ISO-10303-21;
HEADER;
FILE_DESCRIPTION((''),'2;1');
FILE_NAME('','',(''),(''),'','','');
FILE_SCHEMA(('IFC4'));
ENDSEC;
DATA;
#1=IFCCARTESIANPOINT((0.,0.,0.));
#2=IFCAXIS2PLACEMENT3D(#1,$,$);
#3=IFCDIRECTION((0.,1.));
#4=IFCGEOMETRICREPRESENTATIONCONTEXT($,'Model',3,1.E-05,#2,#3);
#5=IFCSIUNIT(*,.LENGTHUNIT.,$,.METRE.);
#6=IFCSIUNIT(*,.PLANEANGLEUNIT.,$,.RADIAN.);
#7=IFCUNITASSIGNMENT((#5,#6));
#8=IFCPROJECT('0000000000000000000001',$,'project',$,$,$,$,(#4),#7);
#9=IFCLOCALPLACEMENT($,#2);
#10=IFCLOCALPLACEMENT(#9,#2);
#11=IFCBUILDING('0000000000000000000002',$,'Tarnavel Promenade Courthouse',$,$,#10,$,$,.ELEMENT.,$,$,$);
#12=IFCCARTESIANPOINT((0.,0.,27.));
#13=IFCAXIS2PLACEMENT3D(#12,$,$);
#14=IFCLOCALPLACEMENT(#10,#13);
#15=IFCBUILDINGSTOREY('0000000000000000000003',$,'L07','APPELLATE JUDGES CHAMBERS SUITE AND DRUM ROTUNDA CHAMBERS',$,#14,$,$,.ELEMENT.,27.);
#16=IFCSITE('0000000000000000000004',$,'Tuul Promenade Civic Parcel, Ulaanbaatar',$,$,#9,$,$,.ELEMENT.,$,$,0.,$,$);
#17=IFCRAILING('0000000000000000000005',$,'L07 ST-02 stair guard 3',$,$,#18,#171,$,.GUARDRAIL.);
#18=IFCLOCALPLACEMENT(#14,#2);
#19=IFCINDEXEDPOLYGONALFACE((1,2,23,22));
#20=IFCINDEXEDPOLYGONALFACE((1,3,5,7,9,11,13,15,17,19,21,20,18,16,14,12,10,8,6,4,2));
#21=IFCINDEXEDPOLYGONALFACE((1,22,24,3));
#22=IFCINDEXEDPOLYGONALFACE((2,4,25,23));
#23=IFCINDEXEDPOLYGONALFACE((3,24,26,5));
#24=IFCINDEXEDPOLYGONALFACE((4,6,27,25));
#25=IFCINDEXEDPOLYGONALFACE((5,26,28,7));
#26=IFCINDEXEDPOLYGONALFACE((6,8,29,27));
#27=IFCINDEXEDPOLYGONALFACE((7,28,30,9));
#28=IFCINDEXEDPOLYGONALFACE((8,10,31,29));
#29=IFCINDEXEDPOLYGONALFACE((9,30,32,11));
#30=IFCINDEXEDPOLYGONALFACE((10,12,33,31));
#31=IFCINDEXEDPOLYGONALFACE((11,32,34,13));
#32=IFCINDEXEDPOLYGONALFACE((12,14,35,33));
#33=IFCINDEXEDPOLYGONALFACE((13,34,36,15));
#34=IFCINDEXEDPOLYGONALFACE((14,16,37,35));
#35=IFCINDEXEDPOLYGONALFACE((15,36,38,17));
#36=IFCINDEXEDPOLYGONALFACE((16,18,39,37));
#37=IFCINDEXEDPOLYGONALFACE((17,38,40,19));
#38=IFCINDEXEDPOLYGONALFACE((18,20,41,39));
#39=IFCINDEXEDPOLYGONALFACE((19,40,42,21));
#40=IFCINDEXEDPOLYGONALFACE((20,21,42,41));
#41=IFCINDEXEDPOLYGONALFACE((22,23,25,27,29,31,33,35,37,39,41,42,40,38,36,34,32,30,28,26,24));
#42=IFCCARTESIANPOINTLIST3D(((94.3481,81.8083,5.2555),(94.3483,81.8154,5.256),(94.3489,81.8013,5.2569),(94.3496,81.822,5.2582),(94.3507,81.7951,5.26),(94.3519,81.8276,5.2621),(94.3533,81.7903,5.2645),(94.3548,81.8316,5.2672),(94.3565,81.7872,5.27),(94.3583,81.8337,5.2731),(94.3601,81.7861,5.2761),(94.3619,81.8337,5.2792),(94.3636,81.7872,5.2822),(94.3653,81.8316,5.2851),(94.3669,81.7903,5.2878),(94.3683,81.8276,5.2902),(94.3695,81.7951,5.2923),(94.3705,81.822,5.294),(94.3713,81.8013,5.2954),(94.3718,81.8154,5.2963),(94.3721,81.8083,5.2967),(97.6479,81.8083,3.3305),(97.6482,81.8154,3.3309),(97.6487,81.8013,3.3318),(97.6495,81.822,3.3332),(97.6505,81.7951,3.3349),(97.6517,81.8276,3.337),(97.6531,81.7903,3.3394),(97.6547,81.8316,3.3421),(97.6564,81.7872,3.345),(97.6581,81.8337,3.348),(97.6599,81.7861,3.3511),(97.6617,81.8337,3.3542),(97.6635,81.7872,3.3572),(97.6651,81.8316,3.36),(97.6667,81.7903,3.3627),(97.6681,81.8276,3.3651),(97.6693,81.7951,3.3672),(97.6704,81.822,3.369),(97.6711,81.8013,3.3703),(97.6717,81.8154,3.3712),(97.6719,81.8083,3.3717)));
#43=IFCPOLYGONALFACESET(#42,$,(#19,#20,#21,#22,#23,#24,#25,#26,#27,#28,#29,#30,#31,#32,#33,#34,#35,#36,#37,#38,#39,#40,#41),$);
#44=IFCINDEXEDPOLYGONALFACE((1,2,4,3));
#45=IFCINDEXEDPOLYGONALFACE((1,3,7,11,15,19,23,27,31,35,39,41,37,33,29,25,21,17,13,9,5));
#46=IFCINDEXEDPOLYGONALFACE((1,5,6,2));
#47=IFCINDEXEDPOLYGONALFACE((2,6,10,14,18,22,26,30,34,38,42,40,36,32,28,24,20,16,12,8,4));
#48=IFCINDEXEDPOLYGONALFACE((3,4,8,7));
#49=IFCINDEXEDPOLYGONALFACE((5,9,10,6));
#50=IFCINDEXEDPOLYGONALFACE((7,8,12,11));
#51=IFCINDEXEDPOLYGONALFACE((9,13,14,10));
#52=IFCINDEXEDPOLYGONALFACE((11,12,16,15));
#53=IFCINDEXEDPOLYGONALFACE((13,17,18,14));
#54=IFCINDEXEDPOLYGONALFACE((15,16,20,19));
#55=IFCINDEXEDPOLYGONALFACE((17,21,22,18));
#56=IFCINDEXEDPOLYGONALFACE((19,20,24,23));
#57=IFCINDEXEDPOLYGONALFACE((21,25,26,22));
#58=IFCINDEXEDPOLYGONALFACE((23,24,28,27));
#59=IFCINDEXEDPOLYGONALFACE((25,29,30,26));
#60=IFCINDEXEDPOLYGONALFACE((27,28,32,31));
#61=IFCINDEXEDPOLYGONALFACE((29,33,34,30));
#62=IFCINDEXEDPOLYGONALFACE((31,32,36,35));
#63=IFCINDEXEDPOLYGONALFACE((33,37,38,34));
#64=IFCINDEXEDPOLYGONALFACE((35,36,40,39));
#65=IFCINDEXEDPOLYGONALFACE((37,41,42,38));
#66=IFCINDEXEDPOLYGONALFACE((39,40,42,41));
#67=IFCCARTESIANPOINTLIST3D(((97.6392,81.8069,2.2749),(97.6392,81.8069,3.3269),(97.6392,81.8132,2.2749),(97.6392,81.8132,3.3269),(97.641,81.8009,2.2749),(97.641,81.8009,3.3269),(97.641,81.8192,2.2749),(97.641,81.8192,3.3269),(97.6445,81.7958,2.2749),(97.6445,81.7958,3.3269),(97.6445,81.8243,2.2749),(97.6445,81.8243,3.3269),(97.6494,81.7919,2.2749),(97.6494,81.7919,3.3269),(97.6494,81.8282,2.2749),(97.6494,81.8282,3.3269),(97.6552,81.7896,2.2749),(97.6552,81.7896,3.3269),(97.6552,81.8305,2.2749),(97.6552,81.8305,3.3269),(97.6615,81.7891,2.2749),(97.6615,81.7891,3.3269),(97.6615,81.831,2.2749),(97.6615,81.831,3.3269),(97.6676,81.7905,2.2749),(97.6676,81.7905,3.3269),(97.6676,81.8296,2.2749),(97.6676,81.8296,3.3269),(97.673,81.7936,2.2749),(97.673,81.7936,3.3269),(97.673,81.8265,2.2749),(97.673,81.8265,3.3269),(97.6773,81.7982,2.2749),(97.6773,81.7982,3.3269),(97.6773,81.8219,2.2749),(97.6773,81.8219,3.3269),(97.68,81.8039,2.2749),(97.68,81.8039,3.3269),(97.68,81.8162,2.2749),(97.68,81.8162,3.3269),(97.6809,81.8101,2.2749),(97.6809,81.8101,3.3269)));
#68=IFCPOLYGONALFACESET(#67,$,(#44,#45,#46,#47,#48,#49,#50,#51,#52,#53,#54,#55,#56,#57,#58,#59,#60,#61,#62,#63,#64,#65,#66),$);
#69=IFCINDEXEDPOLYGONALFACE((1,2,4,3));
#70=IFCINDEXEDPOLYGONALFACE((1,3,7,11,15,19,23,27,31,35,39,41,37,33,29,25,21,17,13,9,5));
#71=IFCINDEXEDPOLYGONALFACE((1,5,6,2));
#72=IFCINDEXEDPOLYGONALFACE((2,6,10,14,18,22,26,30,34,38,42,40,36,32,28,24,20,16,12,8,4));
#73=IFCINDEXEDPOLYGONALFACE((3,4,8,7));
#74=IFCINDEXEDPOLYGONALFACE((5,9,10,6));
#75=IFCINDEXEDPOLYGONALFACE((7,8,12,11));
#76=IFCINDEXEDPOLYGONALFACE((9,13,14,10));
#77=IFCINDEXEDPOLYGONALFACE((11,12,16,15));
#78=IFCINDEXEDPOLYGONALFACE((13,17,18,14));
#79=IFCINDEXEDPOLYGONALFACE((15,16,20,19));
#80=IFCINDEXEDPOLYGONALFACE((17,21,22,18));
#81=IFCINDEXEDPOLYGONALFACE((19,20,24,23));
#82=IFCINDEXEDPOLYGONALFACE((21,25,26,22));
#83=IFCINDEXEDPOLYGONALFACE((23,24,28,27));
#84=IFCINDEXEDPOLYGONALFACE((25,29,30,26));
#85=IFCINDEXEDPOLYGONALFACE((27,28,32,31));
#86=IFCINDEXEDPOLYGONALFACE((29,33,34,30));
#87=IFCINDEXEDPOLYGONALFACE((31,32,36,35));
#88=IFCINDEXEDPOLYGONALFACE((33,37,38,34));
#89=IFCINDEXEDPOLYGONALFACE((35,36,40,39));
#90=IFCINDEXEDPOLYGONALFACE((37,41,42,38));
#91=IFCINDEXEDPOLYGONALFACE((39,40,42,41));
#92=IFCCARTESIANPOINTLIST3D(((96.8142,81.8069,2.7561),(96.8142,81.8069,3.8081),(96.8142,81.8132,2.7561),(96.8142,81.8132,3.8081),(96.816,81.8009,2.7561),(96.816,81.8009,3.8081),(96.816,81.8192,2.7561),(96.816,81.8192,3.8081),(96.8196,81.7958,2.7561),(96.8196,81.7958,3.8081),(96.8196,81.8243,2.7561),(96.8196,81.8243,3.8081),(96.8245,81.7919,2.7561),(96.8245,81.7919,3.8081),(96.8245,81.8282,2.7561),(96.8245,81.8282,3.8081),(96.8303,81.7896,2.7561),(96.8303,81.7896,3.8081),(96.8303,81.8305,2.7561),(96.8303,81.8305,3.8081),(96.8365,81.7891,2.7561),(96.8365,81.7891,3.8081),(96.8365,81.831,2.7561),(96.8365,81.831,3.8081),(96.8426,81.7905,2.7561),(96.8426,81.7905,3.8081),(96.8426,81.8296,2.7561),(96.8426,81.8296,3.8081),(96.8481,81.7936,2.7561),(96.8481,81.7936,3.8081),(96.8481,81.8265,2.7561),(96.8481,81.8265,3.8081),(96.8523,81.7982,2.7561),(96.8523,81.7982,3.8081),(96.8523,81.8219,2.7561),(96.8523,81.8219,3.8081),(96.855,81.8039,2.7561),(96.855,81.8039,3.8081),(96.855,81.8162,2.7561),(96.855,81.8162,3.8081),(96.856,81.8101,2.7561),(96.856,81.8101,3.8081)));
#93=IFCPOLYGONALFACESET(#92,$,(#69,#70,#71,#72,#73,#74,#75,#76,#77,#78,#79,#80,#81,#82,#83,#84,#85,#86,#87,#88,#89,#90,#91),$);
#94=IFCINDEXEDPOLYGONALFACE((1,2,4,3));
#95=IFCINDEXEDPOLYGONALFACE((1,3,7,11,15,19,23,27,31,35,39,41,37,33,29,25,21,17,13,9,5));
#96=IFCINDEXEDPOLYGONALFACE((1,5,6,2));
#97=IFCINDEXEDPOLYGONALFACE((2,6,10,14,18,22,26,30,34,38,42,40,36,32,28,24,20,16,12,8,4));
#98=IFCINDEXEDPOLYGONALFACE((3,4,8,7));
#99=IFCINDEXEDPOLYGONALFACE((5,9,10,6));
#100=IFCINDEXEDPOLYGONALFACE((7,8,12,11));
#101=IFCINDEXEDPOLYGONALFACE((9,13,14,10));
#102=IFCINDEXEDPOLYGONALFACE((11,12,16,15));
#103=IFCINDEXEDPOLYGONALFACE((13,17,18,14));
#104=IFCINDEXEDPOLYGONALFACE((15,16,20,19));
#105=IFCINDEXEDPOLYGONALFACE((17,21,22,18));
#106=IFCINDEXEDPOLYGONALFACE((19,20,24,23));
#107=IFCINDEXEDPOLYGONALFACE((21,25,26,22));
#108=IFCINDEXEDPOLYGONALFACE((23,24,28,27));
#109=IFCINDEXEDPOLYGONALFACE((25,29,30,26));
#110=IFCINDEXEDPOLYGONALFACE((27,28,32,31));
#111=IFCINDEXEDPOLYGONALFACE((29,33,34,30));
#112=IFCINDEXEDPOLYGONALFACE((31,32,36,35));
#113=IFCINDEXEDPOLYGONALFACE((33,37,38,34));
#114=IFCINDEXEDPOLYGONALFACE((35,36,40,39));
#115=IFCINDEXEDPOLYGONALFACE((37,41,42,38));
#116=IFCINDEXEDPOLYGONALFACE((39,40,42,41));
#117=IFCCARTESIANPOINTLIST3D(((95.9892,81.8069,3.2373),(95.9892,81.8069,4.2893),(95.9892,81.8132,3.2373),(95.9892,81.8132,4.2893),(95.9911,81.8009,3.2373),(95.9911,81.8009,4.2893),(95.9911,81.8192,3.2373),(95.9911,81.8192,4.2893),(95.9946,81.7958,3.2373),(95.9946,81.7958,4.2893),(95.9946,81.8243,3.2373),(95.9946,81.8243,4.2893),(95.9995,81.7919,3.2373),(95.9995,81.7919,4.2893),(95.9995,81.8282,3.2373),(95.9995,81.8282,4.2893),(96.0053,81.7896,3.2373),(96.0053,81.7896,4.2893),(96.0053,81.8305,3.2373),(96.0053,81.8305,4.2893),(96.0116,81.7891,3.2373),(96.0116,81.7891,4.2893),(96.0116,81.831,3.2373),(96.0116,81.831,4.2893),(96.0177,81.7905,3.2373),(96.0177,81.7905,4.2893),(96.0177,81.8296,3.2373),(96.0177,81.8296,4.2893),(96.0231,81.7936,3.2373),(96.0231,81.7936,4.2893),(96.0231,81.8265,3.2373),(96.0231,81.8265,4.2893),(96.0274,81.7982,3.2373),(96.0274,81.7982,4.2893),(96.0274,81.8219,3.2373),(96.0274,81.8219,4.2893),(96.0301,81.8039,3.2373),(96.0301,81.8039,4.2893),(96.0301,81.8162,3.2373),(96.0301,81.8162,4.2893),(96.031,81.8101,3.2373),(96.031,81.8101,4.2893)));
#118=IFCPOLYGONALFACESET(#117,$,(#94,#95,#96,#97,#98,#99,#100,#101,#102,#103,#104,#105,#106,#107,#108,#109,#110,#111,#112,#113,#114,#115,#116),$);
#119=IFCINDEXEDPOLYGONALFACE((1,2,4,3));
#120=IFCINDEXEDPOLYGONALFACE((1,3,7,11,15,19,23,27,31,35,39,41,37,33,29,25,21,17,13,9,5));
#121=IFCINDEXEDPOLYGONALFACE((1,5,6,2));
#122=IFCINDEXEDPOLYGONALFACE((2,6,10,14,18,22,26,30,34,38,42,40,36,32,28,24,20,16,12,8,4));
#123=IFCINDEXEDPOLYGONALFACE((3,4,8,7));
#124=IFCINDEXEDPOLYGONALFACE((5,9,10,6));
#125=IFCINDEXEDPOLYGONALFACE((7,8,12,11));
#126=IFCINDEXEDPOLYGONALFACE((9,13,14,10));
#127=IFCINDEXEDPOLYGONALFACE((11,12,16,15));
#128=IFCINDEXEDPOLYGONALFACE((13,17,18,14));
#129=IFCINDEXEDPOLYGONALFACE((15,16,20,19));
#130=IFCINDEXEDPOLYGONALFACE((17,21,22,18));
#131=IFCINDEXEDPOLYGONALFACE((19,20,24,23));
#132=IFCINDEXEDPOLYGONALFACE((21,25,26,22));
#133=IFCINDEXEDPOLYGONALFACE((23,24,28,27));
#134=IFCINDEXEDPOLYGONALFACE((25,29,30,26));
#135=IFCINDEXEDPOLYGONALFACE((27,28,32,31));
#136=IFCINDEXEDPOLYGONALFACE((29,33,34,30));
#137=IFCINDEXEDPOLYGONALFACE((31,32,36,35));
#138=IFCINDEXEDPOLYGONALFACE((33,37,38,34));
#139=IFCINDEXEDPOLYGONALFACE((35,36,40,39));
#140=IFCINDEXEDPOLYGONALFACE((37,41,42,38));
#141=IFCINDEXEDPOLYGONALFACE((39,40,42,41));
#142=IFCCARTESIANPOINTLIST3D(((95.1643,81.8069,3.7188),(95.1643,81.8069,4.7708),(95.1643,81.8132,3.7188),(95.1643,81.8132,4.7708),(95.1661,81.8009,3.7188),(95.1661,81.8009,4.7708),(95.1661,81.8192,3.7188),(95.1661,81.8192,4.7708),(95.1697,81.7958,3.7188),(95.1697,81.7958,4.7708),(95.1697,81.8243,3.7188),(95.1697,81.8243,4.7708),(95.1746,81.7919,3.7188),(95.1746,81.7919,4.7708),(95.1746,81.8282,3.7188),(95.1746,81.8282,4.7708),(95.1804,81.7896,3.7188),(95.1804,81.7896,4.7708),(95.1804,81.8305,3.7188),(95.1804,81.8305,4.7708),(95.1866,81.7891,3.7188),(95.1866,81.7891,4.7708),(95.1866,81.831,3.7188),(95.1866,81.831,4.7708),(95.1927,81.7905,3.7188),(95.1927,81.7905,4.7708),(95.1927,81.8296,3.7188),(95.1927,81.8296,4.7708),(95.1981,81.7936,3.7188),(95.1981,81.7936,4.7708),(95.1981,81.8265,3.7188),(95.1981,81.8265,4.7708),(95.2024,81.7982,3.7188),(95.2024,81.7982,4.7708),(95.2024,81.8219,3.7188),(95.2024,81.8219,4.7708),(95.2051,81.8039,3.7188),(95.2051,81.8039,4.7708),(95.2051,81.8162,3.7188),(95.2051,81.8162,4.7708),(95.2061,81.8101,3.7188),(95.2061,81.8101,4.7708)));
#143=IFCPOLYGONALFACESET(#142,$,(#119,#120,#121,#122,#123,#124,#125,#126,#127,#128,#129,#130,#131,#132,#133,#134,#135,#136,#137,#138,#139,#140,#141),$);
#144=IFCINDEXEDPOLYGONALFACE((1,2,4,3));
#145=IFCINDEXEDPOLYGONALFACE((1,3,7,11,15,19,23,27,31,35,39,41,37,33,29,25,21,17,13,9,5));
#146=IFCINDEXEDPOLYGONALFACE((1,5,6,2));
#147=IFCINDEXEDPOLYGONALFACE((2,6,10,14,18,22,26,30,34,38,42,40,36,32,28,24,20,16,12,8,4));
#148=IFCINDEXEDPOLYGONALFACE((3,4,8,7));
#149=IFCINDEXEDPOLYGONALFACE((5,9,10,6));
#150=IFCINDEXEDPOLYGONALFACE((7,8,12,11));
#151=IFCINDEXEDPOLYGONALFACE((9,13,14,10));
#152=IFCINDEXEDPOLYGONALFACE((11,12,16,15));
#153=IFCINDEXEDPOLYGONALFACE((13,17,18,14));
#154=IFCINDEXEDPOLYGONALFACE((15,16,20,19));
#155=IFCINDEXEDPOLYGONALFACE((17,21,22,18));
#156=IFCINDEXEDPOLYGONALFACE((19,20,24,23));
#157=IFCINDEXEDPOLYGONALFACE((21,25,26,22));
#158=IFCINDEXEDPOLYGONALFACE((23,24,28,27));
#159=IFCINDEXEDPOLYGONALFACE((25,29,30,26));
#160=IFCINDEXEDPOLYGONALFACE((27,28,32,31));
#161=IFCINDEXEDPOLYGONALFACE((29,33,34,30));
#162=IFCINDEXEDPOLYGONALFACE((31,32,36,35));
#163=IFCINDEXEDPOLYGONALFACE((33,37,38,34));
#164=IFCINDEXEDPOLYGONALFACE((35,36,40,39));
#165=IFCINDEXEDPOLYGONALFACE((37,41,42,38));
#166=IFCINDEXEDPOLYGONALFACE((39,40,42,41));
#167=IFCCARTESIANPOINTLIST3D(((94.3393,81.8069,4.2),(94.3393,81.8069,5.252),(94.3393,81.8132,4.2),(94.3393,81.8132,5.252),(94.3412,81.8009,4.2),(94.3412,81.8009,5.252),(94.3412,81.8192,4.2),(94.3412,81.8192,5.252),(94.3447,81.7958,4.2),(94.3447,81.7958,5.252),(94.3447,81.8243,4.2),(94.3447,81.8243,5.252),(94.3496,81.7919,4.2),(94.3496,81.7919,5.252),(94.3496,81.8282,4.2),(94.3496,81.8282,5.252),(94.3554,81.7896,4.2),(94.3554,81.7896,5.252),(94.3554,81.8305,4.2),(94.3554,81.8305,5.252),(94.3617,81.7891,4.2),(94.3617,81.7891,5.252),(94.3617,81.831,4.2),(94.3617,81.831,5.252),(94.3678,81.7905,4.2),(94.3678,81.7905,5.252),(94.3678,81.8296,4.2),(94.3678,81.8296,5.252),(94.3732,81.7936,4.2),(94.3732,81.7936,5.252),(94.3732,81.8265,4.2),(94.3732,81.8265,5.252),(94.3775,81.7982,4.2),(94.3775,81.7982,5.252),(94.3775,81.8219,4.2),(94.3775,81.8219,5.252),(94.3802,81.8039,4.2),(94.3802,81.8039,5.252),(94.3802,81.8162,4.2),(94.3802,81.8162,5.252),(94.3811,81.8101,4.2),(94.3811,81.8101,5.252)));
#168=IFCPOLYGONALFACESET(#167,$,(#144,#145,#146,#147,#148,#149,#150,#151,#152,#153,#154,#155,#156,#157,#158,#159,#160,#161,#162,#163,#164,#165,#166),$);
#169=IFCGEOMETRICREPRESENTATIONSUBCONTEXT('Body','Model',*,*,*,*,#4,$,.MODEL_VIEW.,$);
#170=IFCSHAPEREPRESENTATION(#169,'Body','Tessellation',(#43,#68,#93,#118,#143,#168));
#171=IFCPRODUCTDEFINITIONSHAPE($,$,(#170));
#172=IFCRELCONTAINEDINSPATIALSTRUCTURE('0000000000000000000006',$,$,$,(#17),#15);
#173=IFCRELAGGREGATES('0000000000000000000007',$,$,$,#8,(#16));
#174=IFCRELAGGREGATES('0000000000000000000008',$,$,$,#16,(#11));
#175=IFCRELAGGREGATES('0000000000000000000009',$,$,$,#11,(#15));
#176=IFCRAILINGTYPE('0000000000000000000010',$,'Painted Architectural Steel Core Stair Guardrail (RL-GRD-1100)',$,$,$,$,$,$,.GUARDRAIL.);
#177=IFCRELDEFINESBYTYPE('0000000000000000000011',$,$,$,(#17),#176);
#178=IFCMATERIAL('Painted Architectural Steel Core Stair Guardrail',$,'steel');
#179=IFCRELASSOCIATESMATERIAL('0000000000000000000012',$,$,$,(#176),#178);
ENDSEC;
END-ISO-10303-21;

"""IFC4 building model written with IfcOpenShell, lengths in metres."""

from ifc_helpers import new_model, si_unit, direction, frame, origin, origin_2d, place, context, subcontext, project, spatial, circle, extrude, material, type_object, element, save


model = new_model("IFC4")

# Units and contexts
model_context = context("Model", 3, precision=1e-05, world=origin(), true_north=direction((0.0, 1.0)))
body_context = subcontext(model_context, "Body", "Model", "MODEL_VIEW")
ifc_project = project(units=[si_unit("LENGTHUNIT", "METRE"), si_unit("PLANEANGLEUNIT", "RADIAN")], contexts=[model_context])

# Site, building, storey
site_placement = place(None, origin())
site = spatial("IfcSite", under=ifc_project, at=site_placement, Name="Tuul Promenade Civic Parcel, Ulaanbaatar", CompositionType="ELEMENT", RefElevation=0.0)
building_placement = place(site_placement, origin())
building = spatial("IfcBuilding", under=site, at=building_placement, Name="Tarnavel Promenade Courthouse", CompositionType="ELEMENT")
storey_placement = place(building_placement, frame((0.0, 0.0, 27.0)))
storey = spatial("IfcBuildingStorey", under=building, at=storey_placement, Name="L07", Description="APPELLATE JUDGES CHAMBERS SUITE AND DRUM ROTUNDA CHAMBERS", CompositionType="ELEMENT", Elevation=27.0)

# Railing
ifc_material_1 = material(Name="Painted Architectural Steel Core Stair Guardrail", Category="steel")
railing_type_1 = type_object("IfcRailingType", Name="Painted Architectural Steel Core Stair Guardrail (RL-GRD-1100)", PredefinedType="GUARDRAIL", material=ifc_material_1)
railing_1_placement = place(storey_placement, frame((97.6599, 81.8101, 2.2749)))
element("IfcRailing", 1, at=railing_1_placement, inside=storey, type_object=railing_type_1, Name="L07 ST-02 stair guard 3", PredefinedType="GUARDRAIL", context=body_context, shape_type="SweptSolid", body=[
    extrude(circle(Radius=0.0239, at=origin_2d()), frame((0.0, 0.0, 1.0762), z_axis=(-0.86376, 0.0, 0.503903), x_axis=(0.0, -1.0, 0.0)), (0.0, 0.0, 1.0), 3.8203),
    extrude(circle(Radius=0.021, at=origin_2d()), origin(), (0.0, 0.0, 1.0), 1.052),
    extrude(circle(Radius=0.021, at=origin_2d()), frame((-0.825, 0.0, 0.4812)), (0.0, 0.0, 1.0), 1.052),
    extrude(circle(Radius=0.021, at=origin_2d()), frame((-1.6499, 0.0, 0.9624)), (0.0, 0.0, 1.0), 1.052),
    extrude(circle(Radius=0.021, at=origin_2d()), frame((-2.4749, 0.0, 1.4438)), (0.0, 0.0, 1.0), 1.052),
    extrude(circle(Radius=0.021, at=origin_2d()), frame((-3.2998, 0.0, 1.925)), (0.0, 0.0, 1.0), 1.052),
])

save(model, "model.ifc")
